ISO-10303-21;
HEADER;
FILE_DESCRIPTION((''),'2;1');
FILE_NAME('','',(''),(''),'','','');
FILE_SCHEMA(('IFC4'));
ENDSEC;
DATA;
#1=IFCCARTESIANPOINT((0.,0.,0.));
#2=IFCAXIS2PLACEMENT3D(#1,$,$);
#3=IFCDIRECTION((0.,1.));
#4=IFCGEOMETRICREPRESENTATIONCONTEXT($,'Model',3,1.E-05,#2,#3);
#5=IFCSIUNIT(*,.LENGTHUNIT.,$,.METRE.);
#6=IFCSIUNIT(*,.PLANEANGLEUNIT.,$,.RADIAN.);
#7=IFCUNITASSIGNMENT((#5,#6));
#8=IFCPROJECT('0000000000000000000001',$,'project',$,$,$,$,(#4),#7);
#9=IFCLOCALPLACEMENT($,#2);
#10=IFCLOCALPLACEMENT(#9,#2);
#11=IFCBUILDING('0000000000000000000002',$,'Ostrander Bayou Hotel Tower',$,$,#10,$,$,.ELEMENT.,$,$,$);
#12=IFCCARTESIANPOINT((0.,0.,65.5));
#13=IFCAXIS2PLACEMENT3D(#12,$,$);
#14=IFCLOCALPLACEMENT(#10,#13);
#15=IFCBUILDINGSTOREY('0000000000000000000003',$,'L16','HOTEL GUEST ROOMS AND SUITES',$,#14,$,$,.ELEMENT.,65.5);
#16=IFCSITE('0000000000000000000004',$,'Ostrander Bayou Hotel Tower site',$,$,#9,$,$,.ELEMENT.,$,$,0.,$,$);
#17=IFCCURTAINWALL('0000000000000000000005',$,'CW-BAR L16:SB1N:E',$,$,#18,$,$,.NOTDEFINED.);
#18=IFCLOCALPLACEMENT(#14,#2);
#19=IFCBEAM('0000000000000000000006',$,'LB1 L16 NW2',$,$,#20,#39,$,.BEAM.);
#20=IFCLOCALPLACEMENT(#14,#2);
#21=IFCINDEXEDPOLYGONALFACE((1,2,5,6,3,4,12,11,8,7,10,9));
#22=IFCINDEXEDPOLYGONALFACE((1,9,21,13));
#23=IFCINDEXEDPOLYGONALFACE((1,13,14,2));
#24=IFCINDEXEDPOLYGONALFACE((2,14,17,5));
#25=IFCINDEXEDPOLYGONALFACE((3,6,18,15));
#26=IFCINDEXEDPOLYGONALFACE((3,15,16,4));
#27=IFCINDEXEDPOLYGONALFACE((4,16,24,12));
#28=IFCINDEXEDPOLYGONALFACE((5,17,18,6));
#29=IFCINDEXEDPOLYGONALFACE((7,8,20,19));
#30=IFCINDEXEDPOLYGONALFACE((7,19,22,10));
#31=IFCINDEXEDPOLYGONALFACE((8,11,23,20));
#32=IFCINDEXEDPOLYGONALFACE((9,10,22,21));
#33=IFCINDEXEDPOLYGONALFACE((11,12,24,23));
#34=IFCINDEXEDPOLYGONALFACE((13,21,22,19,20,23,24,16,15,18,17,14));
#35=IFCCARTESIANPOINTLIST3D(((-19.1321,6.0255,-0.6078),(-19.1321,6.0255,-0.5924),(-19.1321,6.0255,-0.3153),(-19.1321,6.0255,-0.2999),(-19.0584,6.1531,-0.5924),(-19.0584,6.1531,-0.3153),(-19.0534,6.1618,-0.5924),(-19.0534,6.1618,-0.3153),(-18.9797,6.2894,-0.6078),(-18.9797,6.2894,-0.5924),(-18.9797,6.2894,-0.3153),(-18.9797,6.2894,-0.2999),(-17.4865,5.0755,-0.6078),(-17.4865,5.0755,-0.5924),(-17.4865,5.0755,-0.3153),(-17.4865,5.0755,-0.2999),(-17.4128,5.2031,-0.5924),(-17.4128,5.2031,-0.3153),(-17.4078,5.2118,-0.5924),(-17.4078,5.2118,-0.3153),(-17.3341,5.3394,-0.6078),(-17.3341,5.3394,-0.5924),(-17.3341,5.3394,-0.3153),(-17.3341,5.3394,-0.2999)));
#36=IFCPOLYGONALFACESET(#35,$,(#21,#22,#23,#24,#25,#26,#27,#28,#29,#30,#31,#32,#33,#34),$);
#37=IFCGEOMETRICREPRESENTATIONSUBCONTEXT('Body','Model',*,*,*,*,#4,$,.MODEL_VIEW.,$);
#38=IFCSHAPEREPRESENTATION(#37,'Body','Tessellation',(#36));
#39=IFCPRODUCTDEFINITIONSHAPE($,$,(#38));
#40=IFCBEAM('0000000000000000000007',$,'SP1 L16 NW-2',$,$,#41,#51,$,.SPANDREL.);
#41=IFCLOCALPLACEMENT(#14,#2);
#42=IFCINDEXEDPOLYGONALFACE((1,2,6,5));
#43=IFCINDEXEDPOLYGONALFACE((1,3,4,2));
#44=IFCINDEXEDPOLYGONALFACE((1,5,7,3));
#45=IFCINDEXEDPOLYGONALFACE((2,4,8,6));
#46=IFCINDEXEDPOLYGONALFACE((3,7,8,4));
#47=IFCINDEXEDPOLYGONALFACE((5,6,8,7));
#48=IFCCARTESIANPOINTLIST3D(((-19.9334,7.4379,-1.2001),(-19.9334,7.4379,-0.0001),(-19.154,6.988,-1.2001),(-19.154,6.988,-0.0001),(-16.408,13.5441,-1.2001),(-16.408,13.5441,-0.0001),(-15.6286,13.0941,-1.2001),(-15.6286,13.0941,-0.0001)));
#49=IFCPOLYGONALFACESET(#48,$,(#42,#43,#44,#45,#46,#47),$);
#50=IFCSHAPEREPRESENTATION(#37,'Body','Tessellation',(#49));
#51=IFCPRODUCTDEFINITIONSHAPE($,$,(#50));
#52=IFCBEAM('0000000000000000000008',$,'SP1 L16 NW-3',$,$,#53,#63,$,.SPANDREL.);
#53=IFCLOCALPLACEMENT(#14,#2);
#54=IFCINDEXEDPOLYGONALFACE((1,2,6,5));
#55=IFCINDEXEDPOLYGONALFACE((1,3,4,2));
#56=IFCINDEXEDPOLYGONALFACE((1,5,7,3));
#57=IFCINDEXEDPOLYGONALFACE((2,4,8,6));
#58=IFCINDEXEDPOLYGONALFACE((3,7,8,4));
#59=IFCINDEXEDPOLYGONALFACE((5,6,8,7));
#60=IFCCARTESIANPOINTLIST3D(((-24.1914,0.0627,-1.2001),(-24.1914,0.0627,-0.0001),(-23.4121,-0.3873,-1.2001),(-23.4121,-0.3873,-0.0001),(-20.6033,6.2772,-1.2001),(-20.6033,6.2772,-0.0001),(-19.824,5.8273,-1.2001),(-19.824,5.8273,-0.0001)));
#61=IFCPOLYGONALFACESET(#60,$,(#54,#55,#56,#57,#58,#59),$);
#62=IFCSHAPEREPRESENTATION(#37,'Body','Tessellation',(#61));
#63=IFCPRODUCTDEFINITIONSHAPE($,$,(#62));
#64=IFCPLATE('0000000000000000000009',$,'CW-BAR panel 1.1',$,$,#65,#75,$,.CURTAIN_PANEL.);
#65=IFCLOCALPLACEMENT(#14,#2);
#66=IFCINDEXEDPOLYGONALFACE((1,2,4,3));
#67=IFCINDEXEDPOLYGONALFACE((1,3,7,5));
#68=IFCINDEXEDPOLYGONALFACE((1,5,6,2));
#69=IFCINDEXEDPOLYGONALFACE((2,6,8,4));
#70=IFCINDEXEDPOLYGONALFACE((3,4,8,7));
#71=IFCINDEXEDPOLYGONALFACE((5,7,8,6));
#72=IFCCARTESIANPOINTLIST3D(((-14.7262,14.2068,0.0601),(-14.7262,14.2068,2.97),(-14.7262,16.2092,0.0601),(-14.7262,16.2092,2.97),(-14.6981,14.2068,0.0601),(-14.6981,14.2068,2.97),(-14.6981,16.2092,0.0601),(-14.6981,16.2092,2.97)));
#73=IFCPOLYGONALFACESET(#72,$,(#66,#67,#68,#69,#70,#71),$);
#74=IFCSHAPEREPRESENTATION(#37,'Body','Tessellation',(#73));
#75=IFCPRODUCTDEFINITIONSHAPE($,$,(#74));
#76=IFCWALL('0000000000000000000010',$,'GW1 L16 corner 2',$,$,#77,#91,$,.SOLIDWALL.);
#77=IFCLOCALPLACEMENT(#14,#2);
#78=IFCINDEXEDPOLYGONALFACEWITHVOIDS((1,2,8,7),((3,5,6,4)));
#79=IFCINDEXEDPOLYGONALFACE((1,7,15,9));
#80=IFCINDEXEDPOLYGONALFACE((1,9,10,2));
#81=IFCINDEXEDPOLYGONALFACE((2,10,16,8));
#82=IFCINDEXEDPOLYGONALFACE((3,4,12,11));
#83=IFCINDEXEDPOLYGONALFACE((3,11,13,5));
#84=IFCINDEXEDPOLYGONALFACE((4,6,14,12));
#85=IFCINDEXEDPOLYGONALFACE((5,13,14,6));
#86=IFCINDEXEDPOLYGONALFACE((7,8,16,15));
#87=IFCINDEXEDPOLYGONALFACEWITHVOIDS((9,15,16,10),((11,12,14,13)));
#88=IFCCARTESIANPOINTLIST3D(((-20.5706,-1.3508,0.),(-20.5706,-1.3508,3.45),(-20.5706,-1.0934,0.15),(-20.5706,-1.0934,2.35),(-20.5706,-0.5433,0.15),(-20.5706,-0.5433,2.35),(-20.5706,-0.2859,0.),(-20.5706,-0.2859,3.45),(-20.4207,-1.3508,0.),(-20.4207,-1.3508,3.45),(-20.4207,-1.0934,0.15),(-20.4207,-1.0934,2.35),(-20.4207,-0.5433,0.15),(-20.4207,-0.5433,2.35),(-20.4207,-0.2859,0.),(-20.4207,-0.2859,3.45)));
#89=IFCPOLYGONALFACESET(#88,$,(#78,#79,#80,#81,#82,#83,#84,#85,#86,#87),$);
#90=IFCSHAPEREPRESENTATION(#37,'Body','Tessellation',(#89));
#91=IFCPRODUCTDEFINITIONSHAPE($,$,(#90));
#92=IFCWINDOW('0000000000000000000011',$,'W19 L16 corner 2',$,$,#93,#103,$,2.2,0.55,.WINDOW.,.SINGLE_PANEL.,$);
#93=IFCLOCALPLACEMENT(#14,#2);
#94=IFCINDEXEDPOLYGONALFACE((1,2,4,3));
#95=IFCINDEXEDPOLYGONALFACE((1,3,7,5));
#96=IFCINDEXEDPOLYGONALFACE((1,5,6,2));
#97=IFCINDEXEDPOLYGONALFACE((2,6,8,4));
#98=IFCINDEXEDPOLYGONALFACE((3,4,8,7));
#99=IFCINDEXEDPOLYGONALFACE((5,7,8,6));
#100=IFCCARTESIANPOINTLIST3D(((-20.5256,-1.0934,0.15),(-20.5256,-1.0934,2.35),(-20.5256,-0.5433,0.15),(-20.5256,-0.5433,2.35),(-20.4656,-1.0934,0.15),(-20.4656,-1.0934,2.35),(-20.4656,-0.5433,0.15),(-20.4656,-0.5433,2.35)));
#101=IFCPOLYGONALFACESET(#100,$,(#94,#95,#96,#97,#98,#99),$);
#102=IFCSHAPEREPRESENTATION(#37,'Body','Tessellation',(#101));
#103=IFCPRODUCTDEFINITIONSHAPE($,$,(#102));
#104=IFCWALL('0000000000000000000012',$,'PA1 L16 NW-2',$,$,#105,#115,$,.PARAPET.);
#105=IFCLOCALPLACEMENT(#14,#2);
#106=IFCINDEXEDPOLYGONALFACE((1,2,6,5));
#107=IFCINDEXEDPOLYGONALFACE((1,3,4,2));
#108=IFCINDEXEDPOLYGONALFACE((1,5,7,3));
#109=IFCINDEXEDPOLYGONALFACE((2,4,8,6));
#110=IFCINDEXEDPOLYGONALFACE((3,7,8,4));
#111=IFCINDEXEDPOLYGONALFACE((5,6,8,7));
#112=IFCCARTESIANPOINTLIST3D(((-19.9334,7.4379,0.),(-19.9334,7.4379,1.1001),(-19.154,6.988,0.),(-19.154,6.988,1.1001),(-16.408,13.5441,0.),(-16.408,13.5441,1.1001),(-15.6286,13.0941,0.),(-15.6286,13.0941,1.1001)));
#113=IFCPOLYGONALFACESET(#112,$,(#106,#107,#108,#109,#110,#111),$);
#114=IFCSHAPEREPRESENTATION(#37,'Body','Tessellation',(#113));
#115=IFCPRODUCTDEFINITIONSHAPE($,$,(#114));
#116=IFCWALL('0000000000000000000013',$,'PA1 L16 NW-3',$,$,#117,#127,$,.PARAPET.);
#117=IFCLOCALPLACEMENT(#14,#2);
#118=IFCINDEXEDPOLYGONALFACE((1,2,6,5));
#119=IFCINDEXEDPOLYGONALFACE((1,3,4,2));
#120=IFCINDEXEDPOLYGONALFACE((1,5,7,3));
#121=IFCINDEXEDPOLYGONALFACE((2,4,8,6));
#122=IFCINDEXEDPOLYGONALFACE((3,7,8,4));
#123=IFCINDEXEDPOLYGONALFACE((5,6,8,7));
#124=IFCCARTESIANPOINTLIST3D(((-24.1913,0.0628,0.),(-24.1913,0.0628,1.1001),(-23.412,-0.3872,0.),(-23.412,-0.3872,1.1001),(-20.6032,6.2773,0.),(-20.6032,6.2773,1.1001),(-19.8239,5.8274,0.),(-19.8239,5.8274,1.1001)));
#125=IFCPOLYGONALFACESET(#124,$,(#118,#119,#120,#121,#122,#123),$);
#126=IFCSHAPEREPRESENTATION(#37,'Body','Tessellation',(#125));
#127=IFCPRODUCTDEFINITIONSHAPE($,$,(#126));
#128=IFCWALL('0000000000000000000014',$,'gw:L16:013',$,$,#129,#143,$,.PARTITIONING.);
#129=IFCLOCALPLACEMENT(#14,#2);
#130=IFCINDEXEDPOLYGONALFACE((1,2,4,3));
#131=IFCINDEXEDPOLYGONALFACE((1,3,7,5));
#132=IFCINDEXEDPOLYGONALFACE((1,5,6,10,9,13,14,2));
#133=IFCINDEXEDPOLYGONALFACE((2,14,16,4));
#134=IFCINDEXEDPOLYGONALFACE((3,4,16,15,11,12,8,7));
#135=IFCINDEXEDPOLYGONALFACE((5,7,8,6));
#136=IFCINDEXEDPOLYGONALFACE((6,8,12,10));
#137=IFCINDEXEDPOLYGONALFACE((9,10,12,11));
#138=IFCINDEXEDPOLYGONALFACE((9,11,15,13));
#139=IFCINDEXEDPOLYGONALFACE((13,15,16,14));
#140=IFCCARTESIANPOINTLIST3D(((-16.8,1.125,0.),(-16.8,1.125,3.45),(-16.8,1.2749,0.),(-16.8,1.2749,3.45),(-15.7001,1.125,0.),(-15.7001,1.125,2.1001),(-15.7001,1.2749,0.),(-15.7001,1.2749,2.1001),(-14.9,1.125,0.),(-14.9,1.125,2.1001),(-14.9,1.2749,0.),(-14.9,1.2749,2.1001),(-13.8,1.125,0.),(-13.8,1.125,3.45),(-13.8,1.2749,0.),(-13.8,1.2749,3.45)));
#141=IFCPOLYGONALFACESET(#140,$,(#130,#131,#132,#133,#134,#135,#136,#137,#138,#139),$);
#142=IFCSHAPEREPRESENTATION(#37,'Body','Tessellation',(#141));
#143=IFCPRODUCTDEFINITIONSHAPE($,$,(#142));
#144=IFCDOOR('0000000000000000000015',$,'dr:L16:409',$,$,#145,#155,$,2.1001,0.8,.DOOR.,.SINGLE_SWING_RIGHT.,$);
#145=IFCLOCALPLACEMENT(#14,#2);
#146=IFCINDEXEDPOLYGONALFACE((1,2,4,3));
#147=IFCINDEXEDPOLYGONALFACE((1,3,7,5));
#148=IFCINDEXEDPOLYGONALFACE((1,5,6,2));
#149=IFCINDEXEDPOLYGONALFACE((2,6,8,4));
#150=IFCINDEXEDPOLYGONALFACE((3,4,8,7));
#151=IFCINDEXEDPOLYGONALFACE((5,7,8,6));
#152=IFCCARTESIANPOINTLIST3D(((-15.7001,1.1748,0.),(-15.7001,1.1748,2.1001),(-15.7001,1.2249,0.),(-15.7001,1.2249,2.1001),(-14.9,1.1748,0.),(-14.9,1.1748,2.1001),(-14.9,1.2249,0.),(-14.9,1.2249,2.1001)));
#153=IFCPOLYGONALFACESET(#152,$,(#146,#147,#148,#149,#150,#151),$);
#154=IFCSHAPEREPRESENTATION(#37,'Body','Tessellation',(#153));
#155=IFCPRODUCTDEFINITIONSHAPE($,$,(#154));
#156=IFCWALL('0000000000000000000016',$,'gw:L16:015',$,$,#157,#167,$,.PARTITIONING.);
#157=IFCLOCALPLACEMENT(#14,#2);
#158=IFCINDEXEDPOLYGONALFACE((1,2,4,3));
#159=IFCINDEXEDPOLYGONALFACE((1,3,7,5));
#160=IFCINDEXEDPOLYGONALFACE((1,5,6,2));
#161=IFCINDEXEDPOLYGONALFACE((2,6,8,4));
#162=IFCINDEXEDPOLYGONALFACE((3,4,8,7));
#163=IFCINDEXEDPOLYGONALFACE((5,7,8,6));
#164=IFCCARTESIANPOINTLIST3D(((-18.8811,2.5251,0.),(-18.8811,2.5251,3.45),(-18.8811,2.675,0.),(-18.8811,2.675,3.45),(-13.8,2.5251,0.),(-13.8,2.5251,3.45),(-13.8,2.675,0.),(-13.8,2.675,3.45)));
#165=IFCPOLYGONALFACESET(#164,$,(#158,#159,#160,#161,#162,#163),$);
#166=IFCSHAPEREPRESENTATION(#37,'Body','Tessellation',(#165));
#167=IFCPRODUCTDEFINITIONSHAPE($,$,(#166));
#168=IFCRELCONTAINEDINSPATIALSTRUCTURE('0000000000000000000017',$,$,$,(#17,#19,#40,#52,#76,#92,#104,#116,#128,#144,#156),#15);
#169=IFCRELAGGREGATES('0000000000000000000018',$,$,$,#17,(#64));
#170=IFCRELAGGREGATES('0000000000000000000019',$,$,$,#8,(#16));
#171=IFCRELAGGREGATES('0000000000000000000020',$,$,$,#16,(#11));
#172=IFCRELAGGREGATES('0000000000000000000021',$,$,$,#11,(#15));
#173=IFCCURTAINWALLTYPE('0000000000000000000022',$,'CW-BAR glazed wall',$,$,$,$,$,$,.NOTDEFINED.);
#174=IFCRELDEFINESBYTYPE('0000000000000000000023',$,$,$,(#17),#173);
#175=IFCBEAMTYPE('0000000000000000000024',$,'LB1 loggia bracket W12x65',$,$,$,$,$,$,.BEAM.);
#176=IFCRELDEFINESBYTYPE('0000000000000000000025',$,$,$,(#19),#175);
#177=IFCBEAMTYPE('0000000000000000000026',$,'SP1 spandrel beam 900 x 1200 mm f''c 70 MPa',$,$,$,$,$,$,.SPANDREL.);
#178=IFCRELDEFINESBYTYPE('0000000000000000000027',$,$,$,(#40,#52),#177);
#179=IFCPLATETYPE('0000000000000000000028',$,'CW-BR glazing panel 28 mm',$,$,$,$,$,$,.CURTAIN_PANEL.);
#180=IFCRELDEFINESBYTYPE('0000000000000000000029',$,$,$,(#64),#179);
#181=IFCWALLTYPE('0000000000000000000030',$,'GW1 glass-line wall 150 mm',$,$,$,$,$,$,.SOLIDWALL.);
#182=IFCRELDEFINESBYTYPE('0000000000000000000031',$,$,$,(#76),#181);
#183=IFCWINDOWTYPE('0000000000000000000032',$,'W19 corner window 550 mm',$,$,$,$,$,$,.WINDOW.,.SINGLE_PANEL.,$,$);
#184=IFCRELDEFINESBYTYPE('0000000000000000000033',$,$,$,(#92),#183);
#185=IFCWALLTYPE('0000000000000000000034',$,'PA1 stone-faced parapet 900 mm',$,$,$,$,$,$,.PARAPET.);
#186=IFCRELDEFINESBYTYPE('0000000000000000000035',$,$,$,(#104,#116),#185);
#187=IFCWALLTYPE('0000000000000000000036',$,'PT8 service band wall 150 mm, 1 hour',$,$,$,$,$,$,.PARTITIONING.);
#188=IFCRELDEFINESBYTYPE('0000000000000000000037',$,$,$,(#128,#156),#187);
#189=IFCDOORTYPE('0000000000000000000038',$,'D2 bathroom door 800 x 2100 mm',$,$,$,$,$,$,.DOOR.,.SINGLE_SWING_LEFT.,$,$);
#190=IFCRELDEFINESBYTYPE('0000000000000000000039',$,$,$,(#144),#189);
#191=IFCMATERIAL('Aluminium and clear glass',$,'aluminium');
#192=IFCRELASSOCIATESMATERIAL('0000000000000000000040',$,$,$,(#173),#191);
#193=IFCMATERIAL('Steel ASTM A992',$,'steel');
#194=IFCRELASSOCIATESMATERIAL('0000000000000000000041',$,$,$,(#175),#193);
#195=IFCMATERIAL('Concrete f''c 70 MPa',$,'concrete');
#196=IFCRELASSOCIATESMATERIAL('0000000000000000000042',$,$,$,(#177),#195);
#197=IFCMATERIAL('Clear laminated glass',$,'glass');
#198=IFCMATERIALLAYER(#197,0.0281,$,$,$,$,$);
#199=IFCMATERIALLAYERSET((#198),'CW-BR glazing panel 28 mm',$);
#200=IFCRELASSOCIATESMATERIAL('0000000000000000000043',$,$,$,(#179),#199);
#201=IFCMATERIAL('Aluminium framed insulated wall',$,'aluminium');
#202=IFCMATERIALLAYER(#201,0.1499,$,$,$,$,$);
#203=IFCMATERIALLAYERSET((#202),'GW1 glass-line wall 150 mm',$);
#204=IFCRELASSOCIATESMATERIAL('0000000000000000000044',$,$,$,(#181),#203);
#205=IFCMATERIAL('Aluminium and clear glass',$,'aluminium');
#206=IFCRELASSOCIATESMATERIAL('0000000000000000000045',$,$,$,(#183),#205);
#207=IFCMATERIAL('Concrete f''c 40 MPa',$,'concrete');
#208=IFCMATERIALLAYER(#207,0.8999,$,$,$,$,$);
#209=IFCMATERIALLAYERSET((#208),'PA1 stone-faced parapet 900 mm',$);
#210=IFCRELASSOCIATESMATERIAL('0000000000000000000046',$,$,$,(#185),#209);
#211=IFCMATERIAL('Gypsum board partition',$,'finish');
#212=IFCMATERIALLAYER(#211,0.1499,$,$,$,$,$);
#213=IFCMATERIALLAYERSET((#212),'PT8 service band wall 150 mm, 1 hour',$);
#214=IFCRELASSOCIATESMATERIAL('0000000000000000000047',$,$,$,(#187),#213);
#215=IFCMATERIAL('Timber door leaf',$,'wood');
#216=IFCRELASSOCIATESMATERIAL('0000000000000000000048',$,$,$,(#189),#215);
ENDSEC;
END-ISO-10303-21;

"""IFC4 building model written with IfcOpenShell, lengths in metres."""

from ifc_helpers import new_model, si_unit, direction, frame, frame_2d, origin, origin_2d, place, context, subcontext, project, spatial, rectangle, i_section, extrude, material, layer, layer_set, material_profile, profile_set, type_object, element, fill, aggregate, save


model = new_model("IFC4")

# Units and contexts
model_context = context("Model", 3, precision=1e-05, world=origin(), true_north=direction((0.0, 1.0)))
body_context = subcontext(model_context, "Body", "Model", "MODEL_VIEW")
ifc_project = project(units=[si_unit("LENGTHUNIT", "METRE"), si_unit("PLANEANGLEUNIT", "RADIAN")], contexts=[model_context])

# Site, building, storey
site_placement = place(None, origin())
site = spatial("IfcSite", under=ifc_project, at=site_placement, Name="Ostrander Bayou Hotel Tower site", CompositionType="ELEMENT", RefElevation=0.0)
building_placement = place(site_placement, origin())
building = spatial("IfcBuilding", under=site, at=building_placement, Name="Ostrander Bayou Hotel Tower", CompositionType="ELEMENT")
storey_placement = place(building_placement, frame((0.0, 0.0, 65.5)))
storey = spatial("IfcBuildingStorey", under=building, at=storey_placement, Name="L16", Description="HOTEL GUEST ROOMS AND SUITES", CompositionType="ELEMENT", Elevation=65.5)

# Curtain wall
ifc_material_1 = material(Name="Aluminium and clear glass", Category="aluminium")
curtain_wall_type = type_object("IfcCurtainWallType", Name="CW-BAR glazed wall", PredefinedType="NOTDEFINED", material=ifc_material_1)
curtain_wall_placement = place(storey_placement, origin())
curtain_wall = element("IfcCurtainWall", 1, at=curtain_wall_placement, inside=storey, type_object=curtain_wall_type, Name="CW-BAR L16:SB1N:E", PredefinedType="NOTDEFINED")

# Beams
ifc_material_2 = material(Name="Steel ASTM A992", Category="steel")
ifc_material_profile_1 = material_profile(ifc_material_2, i_section(OverallWidth=0.3047, OverallDepth=0.3079, WebThickness=0.01, FlangeThickness=0.0154, at=origin_2d()))
ifc_profile_set_1 = profile_set([ifc_material_profile_1], Name="Steel ASTM A992")
beam_type_1 = type_object("IfcBeamType", Name="LB1 loggia bracket W12x65", PredefinedType="BEAM", material=ifc_profile_set_1)
for number, where, z_axis, x_axis, name in (
    (2, (-19.0559, 6.1575, -0.4539), (0.866044, -0.499967, 0.0), (0.499967, 0.866044, 0.0), "LB1 L16 NW2"),
):
    element("IfcBeam", number, at=place(storey_placement, frame(where, z_axis=z_axis, x_axis=x_axis)), inside=storey, type_object=beam_type_1, Name=name, PredefinedType="BEAM", context=body_context, shape_type="SweptSolid", body=[
        extrude(i_section(OverallWidth=0.3047, OverallDepth=0.3079, WebThickness=0.01, FlangeThickness=0.0154, at=origin_2d()), origin(), (0.0, 0.0, 1.0), 1.9001),
    ])
ifc_material_3 = material(Name="Concrete f'c 70 MPa", Category="concrete")
ifc_material_profile_2 = material_profile(ifc_material_3, rectangle(XDim=0.8999, YDim=1.2, at=origin_2d()))
ifc_profile_set_2 = profile_set([ifc_material_profile_2], Name="Concrete f'c 70 MPa")
beam_type_2 = type_object("IfcBeamType", Name="SP1 spandrel beam 900 x 1200 mm f'c 70 MPa", PredefinedType="SPANDREL", material=ifc_profile_set_2)
beam_1_placement = place(storey_placement, frame((-16.0183, 13.3191, -0.6001), z_axis=(-0.499997, -0.866027, 0.0), x_axis=(0.866027, -0.499997, 0.0)))
element("IfcBeam", 3, at=beam_1_placement, inside=storey, type_object=beam_type_2, Name="SP1 L16 NW-2", PredefinedType="SPANDREL", context=body_context, shape_type="SweptSolid", body=[
    extrude(rectangle(XDim=0.8999, YDim=1.2, at=origin_2d()), origin(), (0.0, 0.0, 1.0), 7.0508),
])
beam_2_placement = place(storey_placement, frame((-20.2136, 6.0522, -0.6001), z_axis=(-0.500014, -0.866017, 0.0), x_axis=(0.866017, -0.500014, 0.0)))
element("IfcBeam", 4, at=beam_2_placement, inside=storey, type_object=beam_type_2, Name="SP1 L16 NW-3", PredefinedType="SPANDREL", context=body_context, shape_type="SweptSolid", body=[
    extrude(rectangle(XDim=0.8999, YDim=1.2, at=origin_2d()), origin(), (0.0, 0.0, 1.0), 7.176),
])

# Plate
ifc_material_4 = material(Name="Clear laminated glass", Category="glass")
ifc_layer_1 = layer(ifc_material_4, 0.0281)
ifc_layer_set_1 = layer_set([ifc_layer_1], Name="CW-BR glazing panel 28 mm")
plate_type = type_object("IfcPlateType", Name="CW-BR glazing panel 28 mm", PredefinedType="CURTAIN_PANEL", material=ifc_layer_set_1)
plate_placement = place(storey_placement, frame((-14.7122, 15.208, 0.0601), z_axis=(0.0, 0.0, 1.0), x_axis=(0.0, 1.0, 0.0)))
plate = element("IfcPlate", 5, at=plate_placement, type_object=plate_type, Name="CW-BAR panel 1.1", PredefinedType="CURTAIN_PANEL", context=body_context, shape_type="SweptSolid", body=[
    extrude(rectangle(XDim=2.0024, YDim=0.0281, at=origin_2d()), origin(), (0.0, 0.0, 1.0), 2.9099),
])
aggregate(curtain_wall, [plate])

# Wall, opening, window
ifc_material_5 = material(Name="Aluminium framed insulated wall", Category="aluminium")
ifc_layer_2 = layer(ifc_material_5, 0.1499)
ifc_layer_set_2 = layer_set([ifc_layer_2], Name="GW1 glass-line wall 150 mm")
wall_type_1 = type_object("IfcWallType", Name="GW1 glass-line wall 150 mm", PredefinedType="SOLIDWALL", material=ifc_layer_set_2)
wall_1_placement = place(storey_placement, frame((-20.4956, -0.2859, 0.0), z_axis=(0.0, 0.0, 1.0), x_axis=(0.0, -1.0, 0.0)))
wall_1 = element("IfcWall", 6, at=wall_1_placement, inside=storey, type_object=wall_type_1, Name="GW1 L16 corner 2", PredefinedType="SOLIDWALL", context=body_context, shape_type="SweptSolid", body=[
    extrude(rectangle(XDim=1.0649, YDim=0.1499, at=frame_2d((0.5325, 0.0))), origin(), (0.0, 0.0, 1.0), 3.45),
])
opening_1_placement = place(wall_1_placement, frame((0.2576, 0.0, 0.1499)))
opening_1 = element("IfcOpeningElement", 7, at=opening_1_placement, cuts=wall_1, PredefinedType="OPENING", context=body_context, shape_type="SweptSolid", body=[
    extrude(rectangle(XDim=0.55, YDim=2.2, at=frame_2d((0.2749, 1.1001))), frame((0.0, 0.075, 0.0), z_axis=(0.0, -1.0, 0.0), x_axis=(1.0, 0.0, 0.0)), (0.0, 0.0, 1.0), 0.1499),
])
ifc_material_6 = material(Name="Aluminium and clear glass", Category="aluminium")
window_type = type_object("IfcWindowType", Name="W19 corner window 550 mm", PartitioningType="SINGLE_PANEL", PredefinedType="WINDOW", material=ifc_material_6)
window_placement = place(opening_1_placement, origin())
window = element("IfcWindow", 8, at=window_placement, inside=storey, type_object=window_type, Name="W19 L16 corner 2", OverallHeight=2.2, OverallWidth=0.55, PartitioningType="SINGLE_PANEL", PredefinedType="WINDOW", context=body_context, shape_type="SweptSolid", body=[
    extrude(rectangle(XDim=0.55, YDim=2.2, at=frame_2d((0.2749, 1.1001))), frame((0.0, 0.03, 0.0), z_axis=(0.0, -1.0, 0.0), x_axis=(1.0, 0.0, 0.0)), (0.0, 0.0, 1.0), 0.0601),
])
fill(opening_1, window)

# Walls
ifc_material_7 = material(Name="Concrete f'c 40 MPa", Category="concrete")
ifc_layer_3 = layer(ifc_material_7, 0.8999)
ifc_layer_set_3 = layer_set([ifc_layer_3], Name="PA1 stone-faced parapet 900 mm")
wall_type_2 = type_object("IfcWallType", Name="PA1 stone-faced parapet 900 mm", PredefinedType="PARAPET", material=ifc_layer_set_3)
wall_2_placement = place(storey_placement, frame((-16.0183, 13.3191, 0.0), z_axis=(0.0, 0.0, 1.0), x_axis=(-0.499997, -0.866027, 0.0)))
element("IfcWall", 9, at=wall_2_placement, inside=storey, type_object=wall_type_2, Name="PA1 L16 NW-2", PredefinedType="PARAPET", context=body_context, shape_type="SweptSolid", body=[
    extrude(rectangle(XDim=7.0508, YDim=0.8999, at=frame_2d((3.5254, 0.0))), origin(), (0.0, 0.0, 1.0), 1.1001),
])
wall_3_placement = place(storey_placement, frame((-20.2136, 6.0522, 0.0), z_axis=(0.0, 0.0, 1.0), x_axis=(-0.500014, -0.866017, 0.0)))
element("IfcWall", 10, at=wall_3_placement, inside=storey, type_object=wall_type_2, Name="PA1 L16 NW-3", PredefinedType="PARAPET", context=body_context, shape_type="SweptSolid", body=[
    extrude(rectangle(XDim=7.176, YDim=0.8999, at=frame_2d((3.5879, 0.0))), origin(), (0.0, 0.0, 1.0), 1.1001),
])

# Wall, opening, door
ifc_material_8 = material(Name="Gypsum board partition", Category="finish")
ifc_layer_4 = layer(ifc_material_8, 0.1499)
ifc_layer_set_4 = layer_set([ifc_layer_4], Name="PT8 service band wall 150 mm, 1 hour")
wall_type_3 = type_object("IfcWallType", Name="PT8 service band wall 150 mm, 1 hour", PredefinedType="PARTITIONING", material=ifc_layer_set_4)
wall_4_placement = place(storey_placement, frame((-16.8, 1.2, 0.0), z_axis=(0.0, 0.0, 1.0), x_axis=(1.0, 0.0, 0.0)))
wall_4 = element("IfcWall", 11, at=wall_4_placement, inside=storey, type_object=wall_type_3, Name="gw:L16:013", PredefinedType="PARTITIONING", context=body_context, shape_type="SweptSolid", body=[
    extrude(rectangle(XDim=3.0, YDim=0.1499, at=frame_2d((1.5, 0.0))), origin(), (0.0, 0.0, 1.0), 3.45),
])
opening_2_placement = place(wall_4_placement, frame((1.1001, 0.0, 0.0)))
opening_2 = element("IfcOpeningElement", 12, at=opening_2_placement, cuts=wall_4, PredefinedType="OPENING", context=body_context, shape_type="SweptSolid", body=[
    extrude(rectangle(XDim=0.8, YDim=2.1001, at=frame_2d((0.3999, 1.05))), frame((0.0, 0.075, 0.0), z_axis=(0.0, -1.0, 0.0), x_axis=(1.0, 0.0, 0.0)), (0.0, 0.0, 1.0), 0.1499),
])
ifc_material_9 = material(Name="Timber door leaf", Category="wood")
door_type_1 = type_object("IfcDoorType", Name="D2 bathroom door 800 x 2100 mm", OperationType="SINGLE_SWING_LEFT", PredefinedType="DOOR", material=ifc_material_9)
door_1_placement = place(opening_2_placement, origin())
door_1 = element("IfcDoor", 13, at=door_1_placement, inside=storey, type_object=door_type_1, Name="dr:L16:409", OperationType="SINGLE_SWING_RIGHT", OverallHeight=2.1001, OverallWidth=0.8, PredefinedType="DOOR", context=body_context, shape_type="SweptSolid", body=[
    extrude(rectangle(XDim=0.8, YDim=2.1001, at=frame_2d((0.3999, 1.05))), frame((0.0, 0.0249, 0.0), z_axis=(0.0, -1.0, 0.0), x_axis=(1.0, 0.0, 0.0)), (0.0, 0.0, 1.0), 0.05),
])
fill(opening_2, door_1)

# Wall
wall_5_placement = place(storey_placement, frame((-18.8811, 2.6001, 0.0), z_axis=(0.0, 0.0, 1.0), x_axis=(1.0, 0.0, 0.0)))
element("IfcWall", 14, at=wall_5_placement, inside=storey, type_object=wall_type_3, Name="gw:L16:015", PredefinedType="PARTITIONING", context=body_context, shape_type="SweptSolid", body=[
    extrude(rectangle(XDim=5.0811, YDim=0.1499, at=frame_2d((2.5405, 0.0))), origin(), (0.0, 0.0, 1.0), 3.45),
])

save(model, "model.ifc")
